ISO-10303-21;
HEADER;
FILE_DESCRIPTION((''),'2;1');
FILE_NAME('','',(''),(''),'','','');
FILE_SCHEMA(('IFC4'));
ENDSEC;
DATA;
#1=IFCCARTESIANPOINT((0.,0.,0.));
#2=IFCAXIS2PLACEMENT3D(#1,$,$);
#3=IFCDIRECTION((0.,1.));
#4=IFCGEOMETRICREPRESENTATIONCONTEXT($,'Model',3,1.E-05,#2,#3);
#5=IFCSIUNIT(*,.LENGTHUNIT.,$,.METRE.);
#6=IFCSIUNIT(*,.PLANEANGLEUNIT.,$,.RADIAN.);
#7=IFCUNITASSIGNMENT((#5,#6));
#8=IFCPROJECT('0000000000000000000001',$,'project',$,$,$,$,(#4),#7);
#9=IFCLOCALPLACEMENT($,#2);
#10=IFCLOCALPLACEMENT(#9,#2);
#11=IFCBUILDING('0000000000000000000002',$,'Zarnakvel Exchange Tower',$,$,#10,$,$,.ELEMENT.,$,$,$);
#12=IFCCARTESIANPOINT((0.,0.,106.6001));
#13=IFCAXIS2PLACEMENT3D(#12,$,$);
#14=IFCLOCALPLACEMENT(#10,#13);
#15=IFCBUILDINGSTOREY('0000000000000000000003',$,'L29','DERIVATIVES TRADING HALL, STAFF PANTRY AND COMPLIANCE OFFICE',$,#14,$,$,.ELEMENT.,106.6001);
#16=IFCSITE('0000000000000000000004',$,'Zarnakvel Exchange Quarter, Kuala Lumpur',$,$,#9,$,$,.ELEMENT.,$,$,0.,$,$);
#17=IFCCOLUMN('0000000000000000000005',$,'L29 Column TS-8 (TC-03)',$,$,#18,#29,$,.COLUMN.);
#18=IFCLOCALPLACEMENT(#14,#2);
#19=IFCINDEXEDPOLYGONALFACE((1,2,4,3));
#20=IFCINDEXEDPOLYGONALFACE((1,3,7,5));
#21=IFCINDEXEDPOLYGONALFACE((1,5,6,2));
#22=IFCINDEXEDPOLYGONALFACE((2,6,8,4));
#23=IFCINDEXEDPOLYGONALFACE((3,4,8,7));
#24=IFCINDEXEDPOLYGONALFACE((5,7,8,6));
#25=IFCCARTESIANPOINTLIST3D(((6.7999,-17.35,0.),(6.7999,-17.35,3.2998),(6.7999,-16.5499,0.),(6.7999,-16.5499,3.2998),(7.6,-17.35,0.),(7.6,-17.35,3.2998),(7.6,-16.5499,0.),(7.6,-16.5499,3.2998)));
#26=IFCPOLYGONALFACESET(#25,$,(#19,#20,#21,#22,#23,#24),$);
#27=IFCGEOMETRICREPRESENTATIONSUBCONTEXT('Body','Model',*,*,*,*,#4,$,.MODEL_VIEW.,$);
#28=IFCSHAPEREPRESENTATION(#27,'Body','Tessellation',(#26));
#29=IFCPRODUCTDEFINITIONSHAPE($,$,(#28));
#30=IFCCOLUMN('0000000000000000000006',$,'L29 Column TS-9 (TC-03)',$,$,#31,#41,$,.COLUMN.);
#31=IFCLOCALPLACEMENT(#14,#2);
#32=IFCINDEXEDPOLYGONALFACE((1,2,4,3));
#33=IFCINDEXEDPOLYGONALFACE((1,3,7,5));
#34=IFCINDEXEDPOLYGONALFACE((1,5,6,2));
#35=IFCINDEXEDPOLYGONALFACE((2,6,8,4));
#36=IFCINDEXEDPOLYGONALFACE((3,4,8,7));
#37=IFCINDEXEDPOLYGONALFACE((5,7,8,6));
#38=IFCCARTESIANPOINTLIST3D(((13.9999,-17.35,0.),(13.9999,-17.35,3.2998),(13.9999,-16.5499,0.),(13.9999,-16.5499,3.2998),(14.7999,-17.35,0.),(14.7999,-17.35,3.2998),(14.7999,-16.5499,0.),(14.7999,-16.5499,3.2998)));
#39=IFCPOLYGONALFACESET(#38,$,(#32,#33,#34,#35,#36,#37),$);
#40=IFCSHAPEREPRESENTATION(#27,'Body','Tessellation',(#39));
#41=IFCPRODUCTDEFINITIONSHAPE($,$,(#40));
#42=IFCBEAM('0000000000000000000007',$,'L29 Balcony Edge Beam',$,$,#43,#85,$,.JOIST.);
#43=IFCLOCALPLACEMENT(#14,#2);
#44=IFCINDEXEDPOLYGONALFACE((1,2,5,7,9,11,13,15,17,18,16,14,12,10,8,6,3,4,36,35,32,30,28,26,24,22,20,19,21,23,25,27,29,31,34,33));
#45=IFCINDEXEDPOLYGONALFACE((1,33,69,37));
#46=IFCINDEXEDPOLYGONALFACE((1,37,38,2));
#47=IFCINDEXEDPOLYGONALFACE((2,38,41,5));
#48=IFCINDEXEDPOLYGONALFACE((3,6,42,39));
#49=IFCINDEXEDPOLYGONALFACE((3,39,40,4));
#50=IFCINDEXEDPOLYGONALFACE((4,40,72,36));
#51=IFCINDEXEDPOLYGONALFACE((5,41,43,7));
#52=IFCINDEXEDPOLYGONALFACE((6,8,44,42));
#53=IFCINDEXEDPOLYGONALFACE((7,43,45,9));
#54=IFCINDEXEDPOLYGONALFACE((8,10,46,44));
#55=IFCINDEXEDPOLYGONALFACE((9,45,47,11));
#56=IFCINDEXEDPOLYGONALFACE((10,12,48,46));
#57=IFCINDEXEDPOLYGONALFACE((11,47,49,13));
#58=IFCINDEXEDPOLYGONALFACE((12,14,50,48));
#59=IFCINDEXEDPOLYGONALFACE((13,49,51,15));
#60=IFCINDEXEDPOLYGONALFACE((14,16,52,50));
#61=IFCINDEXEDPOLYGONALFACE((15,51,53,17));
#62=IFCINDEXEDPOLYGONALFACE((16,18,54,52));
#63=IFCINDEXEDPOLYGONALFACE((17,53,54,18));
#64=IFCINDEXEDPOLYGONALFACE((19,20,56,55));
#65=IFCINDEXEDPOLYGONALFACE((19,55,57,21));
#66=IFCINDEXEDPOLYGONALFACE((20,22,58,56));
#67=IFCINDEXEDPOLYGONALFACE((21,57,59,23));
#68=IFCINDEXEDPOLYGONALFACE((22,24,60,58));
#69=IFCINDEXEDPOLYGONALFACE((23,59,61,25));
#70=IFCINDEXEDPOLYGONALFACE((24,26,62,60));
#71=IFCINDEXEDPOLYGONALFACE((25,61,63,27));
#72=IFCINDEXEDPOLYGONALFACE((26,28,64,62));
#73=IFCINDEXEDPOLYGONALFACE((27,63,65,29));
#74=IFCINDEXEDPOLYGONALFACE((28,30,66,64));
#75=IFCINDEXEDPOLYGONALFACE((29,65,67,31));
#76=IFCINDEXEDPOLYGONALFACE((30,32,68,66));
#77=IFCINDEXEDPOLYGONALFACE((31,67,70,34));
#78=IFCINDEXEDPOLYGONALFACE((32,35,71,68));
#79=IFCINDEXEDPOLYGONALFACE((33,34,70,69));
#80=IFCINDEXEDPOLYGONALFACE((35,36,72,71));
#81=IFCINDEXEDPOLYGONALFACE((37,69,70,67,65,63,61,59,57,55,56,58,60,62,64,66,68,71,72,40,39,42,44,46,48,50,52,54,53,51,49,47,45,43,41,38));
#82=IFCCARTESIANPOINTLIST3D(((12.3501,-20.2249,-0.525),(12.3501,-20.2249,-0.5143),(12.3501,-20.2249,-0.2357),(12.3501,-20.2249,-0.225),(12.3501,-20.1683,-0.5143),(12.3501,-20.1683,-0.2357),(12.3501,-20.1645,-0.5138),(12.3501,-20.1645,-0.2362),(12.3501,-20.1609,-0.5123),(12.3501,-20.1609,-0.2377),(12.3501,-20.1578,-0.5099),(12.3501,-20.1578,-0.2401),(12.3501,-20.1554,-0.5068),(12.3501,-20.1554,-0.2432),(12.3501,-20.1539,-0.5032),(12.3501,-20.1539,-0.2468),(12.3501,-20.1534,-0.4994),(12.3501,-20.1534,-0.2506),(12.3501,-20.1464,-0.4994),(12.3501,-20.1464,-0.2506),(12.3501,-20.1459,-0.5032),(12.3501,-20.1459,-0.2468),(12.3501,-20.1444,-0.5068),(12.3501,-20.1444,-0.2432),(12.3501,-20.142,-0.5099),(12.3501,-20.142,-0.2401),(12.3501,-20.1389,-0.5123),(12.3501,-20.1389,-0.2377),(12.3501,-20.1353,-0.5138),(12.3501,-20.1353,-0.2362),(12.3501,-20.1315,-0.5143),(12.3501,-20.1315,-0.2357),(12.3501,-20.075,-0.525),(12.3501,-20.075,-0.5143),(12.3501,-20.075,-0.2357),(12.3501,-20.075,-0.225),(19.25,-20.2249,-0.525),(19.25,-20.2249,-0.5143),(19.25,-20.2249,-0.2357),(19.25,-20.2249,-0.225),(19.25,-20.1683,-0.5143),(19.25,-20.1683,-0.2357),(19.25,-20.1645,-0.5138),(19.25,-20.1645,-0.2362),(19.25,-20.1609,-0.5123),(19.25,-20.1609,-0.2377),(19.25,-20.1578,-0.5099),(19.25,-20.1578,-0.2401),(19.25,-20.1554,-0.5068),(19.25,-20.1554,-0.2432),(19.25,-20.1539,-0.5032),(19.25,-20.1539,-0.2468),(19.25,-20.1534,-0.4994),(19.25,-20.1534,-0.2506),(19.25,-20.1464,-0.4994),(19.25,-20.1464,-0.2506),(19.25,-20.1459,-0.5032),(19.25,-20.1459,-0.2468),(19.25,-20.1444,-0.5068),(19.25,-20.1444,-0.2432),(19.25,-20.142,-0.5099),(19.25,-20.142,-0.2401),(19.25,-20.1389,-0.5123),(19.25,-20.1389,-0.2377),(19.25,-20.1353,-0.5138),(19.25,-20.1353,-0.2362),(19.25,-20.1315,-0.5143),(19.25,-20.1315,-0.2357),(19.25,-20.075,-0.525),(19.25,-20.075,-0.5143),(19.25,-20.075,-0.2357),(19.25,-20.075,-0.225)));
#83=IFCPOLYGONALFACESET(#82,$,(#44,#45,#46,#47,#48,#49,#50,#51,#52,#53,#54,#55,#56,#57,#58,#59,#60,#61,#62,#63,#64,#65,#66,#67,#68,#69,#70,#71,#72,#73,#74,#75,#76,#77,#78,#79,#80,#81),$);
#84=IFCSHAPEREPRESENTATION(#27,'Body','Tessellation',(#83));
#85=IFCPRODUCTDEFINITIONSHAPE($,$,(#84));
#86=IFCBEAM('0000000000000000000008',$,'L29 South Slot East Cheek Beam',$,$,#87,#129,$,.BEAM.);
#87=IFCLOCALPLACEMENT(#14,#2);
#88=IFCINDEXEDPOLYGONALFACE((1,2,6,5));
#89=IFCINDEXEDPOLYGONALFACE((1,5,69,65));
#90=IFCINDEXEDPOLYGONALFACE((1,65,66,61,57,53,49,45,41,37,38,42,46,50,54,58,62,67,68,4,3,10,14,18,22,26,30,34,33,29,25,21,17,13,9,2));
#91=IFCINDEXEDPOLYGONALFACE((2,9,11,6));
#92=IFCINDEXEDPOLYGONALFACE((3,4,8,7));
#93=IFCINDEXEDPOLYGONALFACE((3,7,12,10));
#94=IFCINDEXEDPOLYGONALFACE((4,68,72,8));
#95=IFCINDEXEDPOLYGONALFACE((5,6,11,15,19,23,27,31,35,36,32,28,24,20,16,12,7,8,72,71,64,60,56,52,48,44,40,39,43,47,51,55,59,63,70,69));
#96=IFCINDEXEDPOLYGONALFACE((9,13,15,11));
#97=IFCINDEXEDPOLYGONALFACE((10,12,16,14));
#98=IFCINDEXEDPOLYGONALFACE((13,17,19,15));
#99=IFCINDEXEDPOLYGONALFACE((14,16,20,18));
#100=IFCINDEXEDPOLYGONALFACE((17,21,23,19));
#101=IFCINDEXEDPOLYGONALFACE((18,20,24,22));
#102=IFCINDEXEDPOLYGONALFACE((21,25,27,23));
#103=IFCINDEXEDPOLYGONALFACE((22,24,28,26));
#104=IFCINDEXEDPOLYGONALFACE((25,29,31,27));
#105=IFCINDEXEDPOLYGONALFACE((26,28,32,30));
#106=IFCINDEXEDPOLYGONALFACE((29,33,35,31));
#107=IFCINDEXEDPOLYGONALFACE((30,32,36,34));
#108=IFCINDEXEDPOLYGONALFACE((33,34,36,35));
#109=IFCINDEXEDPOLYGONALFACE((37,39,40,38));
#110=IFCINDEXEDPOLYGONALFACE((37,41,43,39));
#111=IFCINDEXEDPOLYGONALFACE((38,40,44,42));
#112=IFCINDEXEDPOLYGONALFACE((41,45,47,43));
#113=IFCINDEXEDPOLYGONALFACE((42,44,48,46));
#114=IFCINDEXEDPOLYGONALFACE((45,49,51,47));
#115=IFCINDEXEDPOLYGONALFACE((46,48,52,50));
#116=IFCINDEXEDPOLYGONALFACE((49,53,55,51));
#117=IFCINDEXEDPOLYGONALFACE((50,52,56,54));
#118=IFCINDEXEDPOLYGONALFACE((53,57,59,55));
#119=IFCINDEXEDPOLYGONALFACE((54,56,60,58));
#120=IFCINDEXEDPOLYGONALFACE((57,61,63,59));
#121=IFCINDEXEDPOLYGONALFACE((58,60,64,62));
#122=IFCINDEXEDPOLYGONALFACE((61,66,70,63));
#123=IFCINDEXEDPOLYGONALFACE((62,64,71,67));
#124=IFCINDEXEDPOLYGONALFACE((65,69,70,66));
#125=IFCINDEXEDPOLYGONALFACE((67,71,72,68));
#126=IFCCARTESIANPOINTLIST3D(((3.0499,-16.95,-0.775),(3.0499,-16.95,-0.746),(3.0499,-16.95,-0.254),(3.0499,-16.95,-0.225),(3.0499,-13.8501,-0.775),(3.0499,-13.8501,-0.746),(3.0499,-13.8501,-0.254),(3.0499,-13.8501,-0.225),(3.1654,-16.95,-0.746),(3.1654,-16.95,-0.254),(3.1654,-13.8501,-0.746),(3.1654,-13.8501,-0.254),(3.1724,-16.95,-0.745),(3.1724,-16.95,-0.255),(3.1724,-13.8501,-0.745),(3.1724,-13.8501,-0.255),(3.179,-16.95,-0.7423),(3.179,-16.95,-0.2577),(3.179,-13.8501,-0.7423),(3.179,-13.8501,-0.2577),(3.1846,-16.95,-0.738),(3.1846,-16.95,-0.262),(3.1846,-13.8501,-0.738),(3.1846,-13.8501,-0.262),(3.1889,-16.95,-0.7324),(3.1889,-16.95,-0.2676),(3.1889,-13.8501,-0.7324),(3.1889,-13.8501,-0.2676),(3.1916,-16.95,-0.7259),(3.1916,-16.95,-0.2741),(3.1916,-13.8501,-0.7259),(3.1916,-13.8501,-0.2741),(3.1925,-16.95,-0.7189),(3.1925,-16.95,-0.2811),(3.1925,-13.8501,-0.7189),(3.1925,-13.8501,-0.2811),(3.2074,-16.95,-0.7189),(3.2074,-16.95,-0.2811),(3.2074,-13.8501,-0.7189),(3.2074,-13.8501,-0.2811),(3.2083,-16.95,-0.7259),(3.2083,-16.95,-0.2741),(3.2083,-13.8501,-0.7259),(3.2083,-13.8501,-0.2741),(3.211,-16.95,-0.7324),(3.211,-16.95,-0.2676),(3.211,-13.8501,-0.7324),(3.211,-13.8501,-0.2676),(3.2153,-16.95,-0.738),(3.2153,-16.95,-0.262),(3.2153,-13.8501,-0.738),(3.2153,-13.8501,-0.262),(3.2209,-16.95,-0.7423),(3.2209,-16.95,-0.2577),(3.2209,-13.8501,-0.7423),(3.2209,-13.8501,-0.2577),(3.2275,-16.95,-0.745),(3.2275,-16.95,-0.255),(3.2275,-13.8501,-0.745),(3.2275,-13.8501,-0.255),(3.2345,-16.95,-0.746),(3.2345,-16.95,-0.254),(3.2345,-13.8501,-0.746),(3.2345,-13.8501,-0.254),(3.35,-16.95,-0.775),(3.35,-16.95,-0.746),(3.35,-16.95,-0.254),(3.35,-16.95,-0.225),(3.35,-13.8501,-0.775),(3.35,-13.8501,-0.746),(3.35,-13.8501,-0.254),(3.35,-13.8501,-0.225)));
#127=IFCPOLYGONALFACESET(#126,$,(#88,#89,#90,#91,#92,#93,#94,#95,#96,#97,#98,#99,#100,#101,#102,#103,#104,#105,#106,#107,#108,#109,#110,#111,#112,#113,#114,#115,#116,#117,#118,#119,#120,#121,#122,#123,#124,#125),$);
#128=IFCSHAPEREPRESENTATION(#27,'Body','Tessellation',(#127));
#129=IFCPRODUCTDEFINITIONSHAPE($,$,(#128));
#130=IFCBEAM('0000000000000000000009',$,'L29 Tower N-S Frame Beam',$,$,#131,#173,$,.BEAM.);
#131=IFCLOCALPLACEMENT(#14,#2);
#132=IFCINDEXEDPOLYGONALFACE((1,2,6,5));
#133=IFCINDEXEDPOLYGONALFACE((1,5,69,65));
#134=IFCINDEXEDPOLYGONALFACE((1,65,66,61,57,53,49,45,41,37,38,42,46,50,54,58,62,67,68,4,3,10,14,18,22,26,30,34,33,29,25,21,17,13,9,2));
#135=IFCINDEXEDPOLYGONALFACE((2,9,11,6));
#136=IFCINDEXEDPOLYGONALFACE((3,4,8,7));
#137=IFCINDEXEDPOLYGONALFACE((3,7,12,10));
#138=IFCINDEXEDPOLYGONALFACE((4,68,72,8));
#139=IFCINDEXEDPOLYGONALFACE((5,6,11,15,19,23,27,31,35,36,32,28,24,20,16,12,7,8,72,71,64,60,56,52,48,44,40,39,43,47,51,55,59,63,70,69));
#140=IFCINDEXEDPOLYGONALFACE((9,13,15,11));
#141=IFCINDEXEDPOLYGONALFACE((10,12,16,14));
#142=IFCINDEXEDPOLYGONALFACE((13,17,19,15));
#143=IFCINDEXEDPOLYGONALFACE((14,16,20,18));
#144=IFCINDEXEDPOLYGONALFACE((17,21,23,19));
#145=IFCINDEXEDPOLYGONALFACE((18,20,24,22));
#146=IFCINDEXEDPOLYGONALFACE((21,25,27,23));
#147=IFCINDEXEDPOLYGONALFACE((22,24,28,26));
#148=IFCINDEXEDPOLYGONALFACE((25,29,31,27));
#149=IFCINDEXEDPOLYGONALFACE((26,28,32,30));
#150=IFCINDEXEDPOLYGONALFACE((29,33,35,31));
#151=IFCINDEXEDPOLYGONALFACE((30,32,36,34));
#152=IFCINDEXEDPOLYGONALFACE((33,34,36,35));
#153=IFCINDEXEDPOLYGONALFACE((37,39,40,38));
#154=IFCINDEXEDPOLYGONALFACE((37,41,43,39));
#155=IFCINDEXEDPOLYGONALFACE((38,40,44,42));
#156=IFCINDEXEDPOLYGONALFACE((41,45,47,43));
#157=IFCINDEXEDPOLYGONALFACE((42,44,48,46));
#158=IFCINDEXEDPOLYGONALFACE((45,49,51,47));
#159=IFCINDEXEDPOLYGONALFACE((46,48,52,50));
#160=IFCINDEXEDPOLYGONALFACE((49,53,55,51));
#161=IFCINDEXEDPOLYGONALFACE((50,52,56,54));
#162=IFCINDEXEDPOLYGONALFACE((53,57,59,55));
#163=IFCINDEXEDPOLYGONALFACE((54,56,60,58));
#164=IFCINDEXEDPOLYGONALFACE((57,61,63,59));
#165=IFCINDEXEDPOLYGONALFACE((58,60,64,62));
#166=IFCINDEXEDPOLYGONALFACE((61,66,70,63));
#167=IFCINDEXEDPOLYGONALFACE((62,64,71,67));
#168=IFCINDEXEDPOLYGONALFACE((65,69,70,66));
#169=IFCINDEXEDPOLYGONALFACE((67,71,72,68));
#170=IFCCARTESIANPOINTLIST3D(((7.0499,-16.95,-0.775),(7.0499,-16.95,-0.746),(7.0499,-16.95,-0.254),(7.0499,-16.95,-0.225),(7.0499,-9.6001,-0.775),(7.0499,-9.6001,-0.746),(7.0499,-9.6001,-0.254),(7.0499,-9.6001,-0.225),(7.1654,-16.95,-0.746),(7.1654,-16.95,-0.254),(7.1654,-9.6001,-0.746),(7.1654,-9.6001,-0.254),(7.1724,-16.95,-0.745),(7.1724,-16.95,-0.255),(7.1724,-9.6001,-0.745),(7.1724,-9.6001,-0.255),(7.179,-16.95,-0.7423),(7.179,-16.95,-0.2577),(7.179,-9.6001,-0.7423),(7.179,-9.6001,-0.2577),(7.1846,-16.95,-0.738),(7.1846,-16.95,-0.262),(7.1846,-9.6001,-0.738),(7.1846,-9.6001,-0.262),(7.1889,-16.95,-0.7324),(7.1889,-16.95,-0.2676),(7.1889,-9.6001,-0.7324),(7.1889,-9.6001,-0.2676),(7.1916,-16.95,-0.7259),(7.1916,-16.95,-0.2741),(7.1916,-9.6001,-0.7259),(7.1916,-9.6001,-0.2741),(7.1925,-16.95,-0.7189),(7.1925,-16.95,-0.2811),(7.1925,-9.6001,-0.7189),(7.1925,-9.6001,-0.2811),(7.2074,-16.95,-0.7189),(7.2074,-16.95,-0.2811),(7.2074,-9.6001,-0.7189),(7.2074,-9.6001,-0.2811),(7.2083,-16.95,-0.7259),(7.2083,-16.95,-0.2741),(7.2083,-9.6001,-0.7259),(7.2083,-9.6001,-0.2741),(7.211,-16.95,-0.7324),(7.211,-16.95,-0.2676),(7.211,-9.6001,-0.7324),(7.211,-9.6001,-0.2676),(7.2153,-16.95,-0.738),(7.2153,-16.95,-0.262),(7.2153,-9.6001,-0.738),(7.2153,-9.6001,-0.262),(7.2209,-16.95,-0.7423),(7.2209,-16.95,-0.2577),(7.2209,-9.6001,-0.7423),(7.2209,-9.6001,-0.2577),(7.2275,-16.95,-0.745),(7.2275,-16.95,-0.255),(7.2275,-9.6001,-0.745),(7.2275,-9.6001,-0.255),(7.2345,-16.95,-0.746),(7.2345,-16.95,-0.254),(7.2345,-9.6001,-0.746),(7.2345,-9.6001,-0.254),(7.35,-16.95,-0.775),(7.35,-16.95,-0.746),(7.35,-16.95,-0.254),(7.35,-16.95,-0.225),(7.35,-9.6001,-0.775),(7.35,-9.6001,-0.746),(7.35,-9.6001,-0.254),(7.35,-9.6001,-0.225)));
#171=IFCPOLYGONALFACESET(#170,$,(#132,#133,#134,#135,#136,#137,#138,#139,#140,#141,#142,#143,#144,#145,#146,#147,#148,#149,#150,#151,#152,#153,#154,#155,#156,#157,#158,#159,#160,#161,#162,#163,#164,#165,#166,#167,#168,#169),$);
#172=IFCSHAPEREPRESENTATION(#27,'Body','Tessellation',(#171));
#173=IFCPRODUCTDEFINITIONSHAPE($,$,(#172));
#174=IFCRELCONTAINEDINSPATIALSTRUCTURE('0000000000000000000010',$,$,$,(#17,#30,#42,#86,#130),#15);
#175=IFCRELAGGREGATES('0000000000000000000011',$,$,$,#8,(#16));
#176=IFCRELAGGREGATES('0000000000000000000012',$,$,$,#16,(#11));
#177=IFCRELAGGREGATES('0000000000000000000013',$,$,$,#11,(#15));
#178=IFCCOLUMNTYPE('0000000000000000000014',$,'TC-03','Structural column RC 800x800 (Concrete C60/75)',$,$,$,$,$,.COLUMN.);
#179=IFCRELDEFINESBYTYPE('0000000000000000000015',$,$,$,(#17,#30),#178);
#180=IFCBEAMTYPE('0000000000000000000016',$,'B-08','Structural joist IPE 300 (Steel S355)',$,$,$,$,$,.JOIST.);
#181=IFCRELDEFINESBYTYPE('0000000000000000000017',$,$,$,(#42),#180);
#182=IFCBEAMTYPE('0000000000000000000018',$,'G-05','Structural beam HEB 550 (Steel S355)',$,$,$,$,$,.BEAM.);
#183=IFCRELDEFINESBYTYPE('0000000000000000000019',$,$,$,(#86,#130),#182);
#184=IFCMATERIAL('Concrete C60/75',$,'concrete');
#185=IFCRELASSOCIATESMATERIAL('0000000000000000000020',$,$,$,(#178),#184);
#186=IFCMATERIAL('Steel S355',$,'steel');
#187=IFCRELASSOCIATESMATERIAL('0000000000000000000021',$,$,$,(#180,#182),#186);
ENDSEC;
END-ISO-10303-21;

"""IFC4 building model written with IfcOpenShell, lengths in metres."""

from ifc_helpers import new_model, si_unit, direction, frame, origin, origin_2d, place, context, subcontext, project, spatial, rectangle, i_section, extrude, material, material_profile, profile_set, type_object, element, save


model = new_model("IFC4")

# Units and contexts
model_context = context("Model", 3, precision=1e-05, world=origin(), true_north=direction((0.0, 1.0)))
body_context = subcontext(model_context, "Body", "Model", "MODEL_VIEW")
ifc_project = project(units=[si_unit("LENGTHUNIT", "METRE"), si_unit("PLANEANGLEUNIT", "RADIAN")], contexts=[model_context])

# Site, building, storey
site_placement = place(None, origin())
site = spatial("IfcSite", under=ifc_project, at=site_placement, Name="Zarnakvel Exchange Quarter, Kuala Lumpur", CompositionType="ELEMENT", RefElevation=0.0)
building_placement = place(site_placement, origin())
building = spatial("IfcBuilding", under=site, at=building_placement, Name="Zarnakvel Exchange Tower", CompositionType="ELEMENT")
storey_placement = place(building_placement, frame((0.0, 0.0, 106.6001)))
storey = spatial("IfcBuildingStorey", under=building, at=storey_placement, Name="L29", Description="DERIVATIVES TRADING HALL, STAFF PANTRY AND COMPLIANCE OFFICE", CompositionType="ELEMENT", Elevation=106.6001)

# Columns
ifc_material_1 = material(Name="Concrete C60/75", Category="concrete")
ifc_material_profile_1 = material_profile(ifc_material_1, rectangle(XDim=0.8, YDim=0.8, at=origin_2d()))
ifc_profile_set_1 = profile_set([ifc_material_profile_1], Name="Concrete C60/75")
column_type = type_object("IfcColumnType", Name="TC-03", Description="Structural column RC 800x800 (Concrete C60/75)", PredefinedType="COLUMN", material=ifc_profile_set_1)
for number, where, z_axis, x_axis, name in (
    (1, (7.2, -16.95, 0.0), (0.0, 0.0, 1.0), (1.0, 0.0, 0.0), "L29 Column TS-8 (TC-03)"),
    (2, (14.3999, -16.95, 0.0), (0.0, 0.0, 1.0), (1.0, 0.0, 0.0), "L29 Column TS-9 (TC-03)"),
):
    element("IfcColumn", number, at=place(storey_placement, frame(where, z_axis=z_axis, x_axis=x_axis)), inside=storey, type_object=column_type, Name=name, PredefinedType="COLUMN", context=body_context, shape_type="SweptSolid", body=[
        extrude(rectangle(XDim=0.8, YDim=0.8, at=origin_2d()), origin(), (0.0, 0.0, 1.0), 3.2998),
    ])

# Beams
ifc_material_2 = material(Name="Steel S355", Category="steel")
ifc_material_profile_2 = material_profile(ifc_material_2, i_section(OverallWidth=0.1499, OverallDepth=0.3, WebThickness=0.0071, FlangeThickness=0.0107, FilletRadius=0.0149, at=origin_2d()))
ifc_profile_set_2 = profile_set([ifc_material_profile_2], Name="Steel S355")
beam_type_1 = type_object("IfcBeamType", Name="B-08", Description="Structural joist IPE 300 (Steel S355)", PredefinedType="JOIST", material=ifc_profile_set_2)
beam_1_placement = place(storey_placement, frame((12.3501, -20.1499, -0.375), z_axis=(1.0, 0.0, 0.0), x_axis=(0.0, 1.0, 0.0)))
element("IfcBeam", 3, at=beam_1_placement, inside=storey, type_object=beam_type_1, Name="L29 Balcony Edge Beam", PredefinedType="JOIST", context=body_context, shape_type="SweptSolid", body=[
    extrude(i_section(OverallWidth=0.1499, OverallDepth=0.3, WebThickness=0.0071, FlangeThickness=0.0107, FilletRadius=0.0149, at=origin_2d()), origin(), (0.0, 0.0, 1.0), 6.8999),
])
ifc_material_profile_3 = material_profile(ifc_material_2, i_section(OverallWidth=0.3, OverallDepth=0.55, WebThickness=0.0149, FlangeThickness=0.0291, FilletRadius=0.0271, at=origin_2d()))
ifc_profile_set_3 = profile_set([ifc_material_profile_3], Name="Steel S355")
beam_type_2 = type_object("IfcBeamType", Name="G-05", Description="Structural beam HEB 550 (Steel S355)", PredefinedType="BEAM", material=ifc_profile_set_3)
beam_2_placement = place(storey_placement, frame((3.2, -16.95, -0.5), z_axis=(0.0, 1.0, 0.0), x_axis=(-1.0, 0.0, 0.0)))
element("IfcBeam", 4, at=beam_2_placement, inside=storey, type_object=beam_type_2, Name="L29 South Slot East Cheek Beam", PredefinedType="BEAM", context=body_context, shape_type="SweptSolid", body=[
    extrude(i_section(OverallWidth=0.3, OverallDepth=0.55, WebThickness=0.0149, FlangeThickness=0.0291, FilletRadius=0.0271, at=origin_2d()), origin(), (0.0, 0.0, 1.0), 3.0999),
])
beam_3_placement = place(storey_placement, frame((7.2, -16.95, -0.5), z_axis=(0.0, 1.0, 0.0), x_axis=(-1.0, 0.0, 0.0)))
element("IfcBeam", 5, at=beam_3_placement, inside=storey, type_object=beam_type_2, Name="L29 Tower N-S Frame Beam", PredefinedType="BEAM", context=body_context, shape_type="SweptSolid", body=[
    extrude(i_section(OverallWidth=0.3, OverallDepth=0.55, WebThickness=0.0149, FlangeThickness=0.0291, FilletRadius=0.0271, at=origin_2d()), origin(), (0.0, 0.0, 1.0), 7.3499),
])

save(model, "model.ifc")
